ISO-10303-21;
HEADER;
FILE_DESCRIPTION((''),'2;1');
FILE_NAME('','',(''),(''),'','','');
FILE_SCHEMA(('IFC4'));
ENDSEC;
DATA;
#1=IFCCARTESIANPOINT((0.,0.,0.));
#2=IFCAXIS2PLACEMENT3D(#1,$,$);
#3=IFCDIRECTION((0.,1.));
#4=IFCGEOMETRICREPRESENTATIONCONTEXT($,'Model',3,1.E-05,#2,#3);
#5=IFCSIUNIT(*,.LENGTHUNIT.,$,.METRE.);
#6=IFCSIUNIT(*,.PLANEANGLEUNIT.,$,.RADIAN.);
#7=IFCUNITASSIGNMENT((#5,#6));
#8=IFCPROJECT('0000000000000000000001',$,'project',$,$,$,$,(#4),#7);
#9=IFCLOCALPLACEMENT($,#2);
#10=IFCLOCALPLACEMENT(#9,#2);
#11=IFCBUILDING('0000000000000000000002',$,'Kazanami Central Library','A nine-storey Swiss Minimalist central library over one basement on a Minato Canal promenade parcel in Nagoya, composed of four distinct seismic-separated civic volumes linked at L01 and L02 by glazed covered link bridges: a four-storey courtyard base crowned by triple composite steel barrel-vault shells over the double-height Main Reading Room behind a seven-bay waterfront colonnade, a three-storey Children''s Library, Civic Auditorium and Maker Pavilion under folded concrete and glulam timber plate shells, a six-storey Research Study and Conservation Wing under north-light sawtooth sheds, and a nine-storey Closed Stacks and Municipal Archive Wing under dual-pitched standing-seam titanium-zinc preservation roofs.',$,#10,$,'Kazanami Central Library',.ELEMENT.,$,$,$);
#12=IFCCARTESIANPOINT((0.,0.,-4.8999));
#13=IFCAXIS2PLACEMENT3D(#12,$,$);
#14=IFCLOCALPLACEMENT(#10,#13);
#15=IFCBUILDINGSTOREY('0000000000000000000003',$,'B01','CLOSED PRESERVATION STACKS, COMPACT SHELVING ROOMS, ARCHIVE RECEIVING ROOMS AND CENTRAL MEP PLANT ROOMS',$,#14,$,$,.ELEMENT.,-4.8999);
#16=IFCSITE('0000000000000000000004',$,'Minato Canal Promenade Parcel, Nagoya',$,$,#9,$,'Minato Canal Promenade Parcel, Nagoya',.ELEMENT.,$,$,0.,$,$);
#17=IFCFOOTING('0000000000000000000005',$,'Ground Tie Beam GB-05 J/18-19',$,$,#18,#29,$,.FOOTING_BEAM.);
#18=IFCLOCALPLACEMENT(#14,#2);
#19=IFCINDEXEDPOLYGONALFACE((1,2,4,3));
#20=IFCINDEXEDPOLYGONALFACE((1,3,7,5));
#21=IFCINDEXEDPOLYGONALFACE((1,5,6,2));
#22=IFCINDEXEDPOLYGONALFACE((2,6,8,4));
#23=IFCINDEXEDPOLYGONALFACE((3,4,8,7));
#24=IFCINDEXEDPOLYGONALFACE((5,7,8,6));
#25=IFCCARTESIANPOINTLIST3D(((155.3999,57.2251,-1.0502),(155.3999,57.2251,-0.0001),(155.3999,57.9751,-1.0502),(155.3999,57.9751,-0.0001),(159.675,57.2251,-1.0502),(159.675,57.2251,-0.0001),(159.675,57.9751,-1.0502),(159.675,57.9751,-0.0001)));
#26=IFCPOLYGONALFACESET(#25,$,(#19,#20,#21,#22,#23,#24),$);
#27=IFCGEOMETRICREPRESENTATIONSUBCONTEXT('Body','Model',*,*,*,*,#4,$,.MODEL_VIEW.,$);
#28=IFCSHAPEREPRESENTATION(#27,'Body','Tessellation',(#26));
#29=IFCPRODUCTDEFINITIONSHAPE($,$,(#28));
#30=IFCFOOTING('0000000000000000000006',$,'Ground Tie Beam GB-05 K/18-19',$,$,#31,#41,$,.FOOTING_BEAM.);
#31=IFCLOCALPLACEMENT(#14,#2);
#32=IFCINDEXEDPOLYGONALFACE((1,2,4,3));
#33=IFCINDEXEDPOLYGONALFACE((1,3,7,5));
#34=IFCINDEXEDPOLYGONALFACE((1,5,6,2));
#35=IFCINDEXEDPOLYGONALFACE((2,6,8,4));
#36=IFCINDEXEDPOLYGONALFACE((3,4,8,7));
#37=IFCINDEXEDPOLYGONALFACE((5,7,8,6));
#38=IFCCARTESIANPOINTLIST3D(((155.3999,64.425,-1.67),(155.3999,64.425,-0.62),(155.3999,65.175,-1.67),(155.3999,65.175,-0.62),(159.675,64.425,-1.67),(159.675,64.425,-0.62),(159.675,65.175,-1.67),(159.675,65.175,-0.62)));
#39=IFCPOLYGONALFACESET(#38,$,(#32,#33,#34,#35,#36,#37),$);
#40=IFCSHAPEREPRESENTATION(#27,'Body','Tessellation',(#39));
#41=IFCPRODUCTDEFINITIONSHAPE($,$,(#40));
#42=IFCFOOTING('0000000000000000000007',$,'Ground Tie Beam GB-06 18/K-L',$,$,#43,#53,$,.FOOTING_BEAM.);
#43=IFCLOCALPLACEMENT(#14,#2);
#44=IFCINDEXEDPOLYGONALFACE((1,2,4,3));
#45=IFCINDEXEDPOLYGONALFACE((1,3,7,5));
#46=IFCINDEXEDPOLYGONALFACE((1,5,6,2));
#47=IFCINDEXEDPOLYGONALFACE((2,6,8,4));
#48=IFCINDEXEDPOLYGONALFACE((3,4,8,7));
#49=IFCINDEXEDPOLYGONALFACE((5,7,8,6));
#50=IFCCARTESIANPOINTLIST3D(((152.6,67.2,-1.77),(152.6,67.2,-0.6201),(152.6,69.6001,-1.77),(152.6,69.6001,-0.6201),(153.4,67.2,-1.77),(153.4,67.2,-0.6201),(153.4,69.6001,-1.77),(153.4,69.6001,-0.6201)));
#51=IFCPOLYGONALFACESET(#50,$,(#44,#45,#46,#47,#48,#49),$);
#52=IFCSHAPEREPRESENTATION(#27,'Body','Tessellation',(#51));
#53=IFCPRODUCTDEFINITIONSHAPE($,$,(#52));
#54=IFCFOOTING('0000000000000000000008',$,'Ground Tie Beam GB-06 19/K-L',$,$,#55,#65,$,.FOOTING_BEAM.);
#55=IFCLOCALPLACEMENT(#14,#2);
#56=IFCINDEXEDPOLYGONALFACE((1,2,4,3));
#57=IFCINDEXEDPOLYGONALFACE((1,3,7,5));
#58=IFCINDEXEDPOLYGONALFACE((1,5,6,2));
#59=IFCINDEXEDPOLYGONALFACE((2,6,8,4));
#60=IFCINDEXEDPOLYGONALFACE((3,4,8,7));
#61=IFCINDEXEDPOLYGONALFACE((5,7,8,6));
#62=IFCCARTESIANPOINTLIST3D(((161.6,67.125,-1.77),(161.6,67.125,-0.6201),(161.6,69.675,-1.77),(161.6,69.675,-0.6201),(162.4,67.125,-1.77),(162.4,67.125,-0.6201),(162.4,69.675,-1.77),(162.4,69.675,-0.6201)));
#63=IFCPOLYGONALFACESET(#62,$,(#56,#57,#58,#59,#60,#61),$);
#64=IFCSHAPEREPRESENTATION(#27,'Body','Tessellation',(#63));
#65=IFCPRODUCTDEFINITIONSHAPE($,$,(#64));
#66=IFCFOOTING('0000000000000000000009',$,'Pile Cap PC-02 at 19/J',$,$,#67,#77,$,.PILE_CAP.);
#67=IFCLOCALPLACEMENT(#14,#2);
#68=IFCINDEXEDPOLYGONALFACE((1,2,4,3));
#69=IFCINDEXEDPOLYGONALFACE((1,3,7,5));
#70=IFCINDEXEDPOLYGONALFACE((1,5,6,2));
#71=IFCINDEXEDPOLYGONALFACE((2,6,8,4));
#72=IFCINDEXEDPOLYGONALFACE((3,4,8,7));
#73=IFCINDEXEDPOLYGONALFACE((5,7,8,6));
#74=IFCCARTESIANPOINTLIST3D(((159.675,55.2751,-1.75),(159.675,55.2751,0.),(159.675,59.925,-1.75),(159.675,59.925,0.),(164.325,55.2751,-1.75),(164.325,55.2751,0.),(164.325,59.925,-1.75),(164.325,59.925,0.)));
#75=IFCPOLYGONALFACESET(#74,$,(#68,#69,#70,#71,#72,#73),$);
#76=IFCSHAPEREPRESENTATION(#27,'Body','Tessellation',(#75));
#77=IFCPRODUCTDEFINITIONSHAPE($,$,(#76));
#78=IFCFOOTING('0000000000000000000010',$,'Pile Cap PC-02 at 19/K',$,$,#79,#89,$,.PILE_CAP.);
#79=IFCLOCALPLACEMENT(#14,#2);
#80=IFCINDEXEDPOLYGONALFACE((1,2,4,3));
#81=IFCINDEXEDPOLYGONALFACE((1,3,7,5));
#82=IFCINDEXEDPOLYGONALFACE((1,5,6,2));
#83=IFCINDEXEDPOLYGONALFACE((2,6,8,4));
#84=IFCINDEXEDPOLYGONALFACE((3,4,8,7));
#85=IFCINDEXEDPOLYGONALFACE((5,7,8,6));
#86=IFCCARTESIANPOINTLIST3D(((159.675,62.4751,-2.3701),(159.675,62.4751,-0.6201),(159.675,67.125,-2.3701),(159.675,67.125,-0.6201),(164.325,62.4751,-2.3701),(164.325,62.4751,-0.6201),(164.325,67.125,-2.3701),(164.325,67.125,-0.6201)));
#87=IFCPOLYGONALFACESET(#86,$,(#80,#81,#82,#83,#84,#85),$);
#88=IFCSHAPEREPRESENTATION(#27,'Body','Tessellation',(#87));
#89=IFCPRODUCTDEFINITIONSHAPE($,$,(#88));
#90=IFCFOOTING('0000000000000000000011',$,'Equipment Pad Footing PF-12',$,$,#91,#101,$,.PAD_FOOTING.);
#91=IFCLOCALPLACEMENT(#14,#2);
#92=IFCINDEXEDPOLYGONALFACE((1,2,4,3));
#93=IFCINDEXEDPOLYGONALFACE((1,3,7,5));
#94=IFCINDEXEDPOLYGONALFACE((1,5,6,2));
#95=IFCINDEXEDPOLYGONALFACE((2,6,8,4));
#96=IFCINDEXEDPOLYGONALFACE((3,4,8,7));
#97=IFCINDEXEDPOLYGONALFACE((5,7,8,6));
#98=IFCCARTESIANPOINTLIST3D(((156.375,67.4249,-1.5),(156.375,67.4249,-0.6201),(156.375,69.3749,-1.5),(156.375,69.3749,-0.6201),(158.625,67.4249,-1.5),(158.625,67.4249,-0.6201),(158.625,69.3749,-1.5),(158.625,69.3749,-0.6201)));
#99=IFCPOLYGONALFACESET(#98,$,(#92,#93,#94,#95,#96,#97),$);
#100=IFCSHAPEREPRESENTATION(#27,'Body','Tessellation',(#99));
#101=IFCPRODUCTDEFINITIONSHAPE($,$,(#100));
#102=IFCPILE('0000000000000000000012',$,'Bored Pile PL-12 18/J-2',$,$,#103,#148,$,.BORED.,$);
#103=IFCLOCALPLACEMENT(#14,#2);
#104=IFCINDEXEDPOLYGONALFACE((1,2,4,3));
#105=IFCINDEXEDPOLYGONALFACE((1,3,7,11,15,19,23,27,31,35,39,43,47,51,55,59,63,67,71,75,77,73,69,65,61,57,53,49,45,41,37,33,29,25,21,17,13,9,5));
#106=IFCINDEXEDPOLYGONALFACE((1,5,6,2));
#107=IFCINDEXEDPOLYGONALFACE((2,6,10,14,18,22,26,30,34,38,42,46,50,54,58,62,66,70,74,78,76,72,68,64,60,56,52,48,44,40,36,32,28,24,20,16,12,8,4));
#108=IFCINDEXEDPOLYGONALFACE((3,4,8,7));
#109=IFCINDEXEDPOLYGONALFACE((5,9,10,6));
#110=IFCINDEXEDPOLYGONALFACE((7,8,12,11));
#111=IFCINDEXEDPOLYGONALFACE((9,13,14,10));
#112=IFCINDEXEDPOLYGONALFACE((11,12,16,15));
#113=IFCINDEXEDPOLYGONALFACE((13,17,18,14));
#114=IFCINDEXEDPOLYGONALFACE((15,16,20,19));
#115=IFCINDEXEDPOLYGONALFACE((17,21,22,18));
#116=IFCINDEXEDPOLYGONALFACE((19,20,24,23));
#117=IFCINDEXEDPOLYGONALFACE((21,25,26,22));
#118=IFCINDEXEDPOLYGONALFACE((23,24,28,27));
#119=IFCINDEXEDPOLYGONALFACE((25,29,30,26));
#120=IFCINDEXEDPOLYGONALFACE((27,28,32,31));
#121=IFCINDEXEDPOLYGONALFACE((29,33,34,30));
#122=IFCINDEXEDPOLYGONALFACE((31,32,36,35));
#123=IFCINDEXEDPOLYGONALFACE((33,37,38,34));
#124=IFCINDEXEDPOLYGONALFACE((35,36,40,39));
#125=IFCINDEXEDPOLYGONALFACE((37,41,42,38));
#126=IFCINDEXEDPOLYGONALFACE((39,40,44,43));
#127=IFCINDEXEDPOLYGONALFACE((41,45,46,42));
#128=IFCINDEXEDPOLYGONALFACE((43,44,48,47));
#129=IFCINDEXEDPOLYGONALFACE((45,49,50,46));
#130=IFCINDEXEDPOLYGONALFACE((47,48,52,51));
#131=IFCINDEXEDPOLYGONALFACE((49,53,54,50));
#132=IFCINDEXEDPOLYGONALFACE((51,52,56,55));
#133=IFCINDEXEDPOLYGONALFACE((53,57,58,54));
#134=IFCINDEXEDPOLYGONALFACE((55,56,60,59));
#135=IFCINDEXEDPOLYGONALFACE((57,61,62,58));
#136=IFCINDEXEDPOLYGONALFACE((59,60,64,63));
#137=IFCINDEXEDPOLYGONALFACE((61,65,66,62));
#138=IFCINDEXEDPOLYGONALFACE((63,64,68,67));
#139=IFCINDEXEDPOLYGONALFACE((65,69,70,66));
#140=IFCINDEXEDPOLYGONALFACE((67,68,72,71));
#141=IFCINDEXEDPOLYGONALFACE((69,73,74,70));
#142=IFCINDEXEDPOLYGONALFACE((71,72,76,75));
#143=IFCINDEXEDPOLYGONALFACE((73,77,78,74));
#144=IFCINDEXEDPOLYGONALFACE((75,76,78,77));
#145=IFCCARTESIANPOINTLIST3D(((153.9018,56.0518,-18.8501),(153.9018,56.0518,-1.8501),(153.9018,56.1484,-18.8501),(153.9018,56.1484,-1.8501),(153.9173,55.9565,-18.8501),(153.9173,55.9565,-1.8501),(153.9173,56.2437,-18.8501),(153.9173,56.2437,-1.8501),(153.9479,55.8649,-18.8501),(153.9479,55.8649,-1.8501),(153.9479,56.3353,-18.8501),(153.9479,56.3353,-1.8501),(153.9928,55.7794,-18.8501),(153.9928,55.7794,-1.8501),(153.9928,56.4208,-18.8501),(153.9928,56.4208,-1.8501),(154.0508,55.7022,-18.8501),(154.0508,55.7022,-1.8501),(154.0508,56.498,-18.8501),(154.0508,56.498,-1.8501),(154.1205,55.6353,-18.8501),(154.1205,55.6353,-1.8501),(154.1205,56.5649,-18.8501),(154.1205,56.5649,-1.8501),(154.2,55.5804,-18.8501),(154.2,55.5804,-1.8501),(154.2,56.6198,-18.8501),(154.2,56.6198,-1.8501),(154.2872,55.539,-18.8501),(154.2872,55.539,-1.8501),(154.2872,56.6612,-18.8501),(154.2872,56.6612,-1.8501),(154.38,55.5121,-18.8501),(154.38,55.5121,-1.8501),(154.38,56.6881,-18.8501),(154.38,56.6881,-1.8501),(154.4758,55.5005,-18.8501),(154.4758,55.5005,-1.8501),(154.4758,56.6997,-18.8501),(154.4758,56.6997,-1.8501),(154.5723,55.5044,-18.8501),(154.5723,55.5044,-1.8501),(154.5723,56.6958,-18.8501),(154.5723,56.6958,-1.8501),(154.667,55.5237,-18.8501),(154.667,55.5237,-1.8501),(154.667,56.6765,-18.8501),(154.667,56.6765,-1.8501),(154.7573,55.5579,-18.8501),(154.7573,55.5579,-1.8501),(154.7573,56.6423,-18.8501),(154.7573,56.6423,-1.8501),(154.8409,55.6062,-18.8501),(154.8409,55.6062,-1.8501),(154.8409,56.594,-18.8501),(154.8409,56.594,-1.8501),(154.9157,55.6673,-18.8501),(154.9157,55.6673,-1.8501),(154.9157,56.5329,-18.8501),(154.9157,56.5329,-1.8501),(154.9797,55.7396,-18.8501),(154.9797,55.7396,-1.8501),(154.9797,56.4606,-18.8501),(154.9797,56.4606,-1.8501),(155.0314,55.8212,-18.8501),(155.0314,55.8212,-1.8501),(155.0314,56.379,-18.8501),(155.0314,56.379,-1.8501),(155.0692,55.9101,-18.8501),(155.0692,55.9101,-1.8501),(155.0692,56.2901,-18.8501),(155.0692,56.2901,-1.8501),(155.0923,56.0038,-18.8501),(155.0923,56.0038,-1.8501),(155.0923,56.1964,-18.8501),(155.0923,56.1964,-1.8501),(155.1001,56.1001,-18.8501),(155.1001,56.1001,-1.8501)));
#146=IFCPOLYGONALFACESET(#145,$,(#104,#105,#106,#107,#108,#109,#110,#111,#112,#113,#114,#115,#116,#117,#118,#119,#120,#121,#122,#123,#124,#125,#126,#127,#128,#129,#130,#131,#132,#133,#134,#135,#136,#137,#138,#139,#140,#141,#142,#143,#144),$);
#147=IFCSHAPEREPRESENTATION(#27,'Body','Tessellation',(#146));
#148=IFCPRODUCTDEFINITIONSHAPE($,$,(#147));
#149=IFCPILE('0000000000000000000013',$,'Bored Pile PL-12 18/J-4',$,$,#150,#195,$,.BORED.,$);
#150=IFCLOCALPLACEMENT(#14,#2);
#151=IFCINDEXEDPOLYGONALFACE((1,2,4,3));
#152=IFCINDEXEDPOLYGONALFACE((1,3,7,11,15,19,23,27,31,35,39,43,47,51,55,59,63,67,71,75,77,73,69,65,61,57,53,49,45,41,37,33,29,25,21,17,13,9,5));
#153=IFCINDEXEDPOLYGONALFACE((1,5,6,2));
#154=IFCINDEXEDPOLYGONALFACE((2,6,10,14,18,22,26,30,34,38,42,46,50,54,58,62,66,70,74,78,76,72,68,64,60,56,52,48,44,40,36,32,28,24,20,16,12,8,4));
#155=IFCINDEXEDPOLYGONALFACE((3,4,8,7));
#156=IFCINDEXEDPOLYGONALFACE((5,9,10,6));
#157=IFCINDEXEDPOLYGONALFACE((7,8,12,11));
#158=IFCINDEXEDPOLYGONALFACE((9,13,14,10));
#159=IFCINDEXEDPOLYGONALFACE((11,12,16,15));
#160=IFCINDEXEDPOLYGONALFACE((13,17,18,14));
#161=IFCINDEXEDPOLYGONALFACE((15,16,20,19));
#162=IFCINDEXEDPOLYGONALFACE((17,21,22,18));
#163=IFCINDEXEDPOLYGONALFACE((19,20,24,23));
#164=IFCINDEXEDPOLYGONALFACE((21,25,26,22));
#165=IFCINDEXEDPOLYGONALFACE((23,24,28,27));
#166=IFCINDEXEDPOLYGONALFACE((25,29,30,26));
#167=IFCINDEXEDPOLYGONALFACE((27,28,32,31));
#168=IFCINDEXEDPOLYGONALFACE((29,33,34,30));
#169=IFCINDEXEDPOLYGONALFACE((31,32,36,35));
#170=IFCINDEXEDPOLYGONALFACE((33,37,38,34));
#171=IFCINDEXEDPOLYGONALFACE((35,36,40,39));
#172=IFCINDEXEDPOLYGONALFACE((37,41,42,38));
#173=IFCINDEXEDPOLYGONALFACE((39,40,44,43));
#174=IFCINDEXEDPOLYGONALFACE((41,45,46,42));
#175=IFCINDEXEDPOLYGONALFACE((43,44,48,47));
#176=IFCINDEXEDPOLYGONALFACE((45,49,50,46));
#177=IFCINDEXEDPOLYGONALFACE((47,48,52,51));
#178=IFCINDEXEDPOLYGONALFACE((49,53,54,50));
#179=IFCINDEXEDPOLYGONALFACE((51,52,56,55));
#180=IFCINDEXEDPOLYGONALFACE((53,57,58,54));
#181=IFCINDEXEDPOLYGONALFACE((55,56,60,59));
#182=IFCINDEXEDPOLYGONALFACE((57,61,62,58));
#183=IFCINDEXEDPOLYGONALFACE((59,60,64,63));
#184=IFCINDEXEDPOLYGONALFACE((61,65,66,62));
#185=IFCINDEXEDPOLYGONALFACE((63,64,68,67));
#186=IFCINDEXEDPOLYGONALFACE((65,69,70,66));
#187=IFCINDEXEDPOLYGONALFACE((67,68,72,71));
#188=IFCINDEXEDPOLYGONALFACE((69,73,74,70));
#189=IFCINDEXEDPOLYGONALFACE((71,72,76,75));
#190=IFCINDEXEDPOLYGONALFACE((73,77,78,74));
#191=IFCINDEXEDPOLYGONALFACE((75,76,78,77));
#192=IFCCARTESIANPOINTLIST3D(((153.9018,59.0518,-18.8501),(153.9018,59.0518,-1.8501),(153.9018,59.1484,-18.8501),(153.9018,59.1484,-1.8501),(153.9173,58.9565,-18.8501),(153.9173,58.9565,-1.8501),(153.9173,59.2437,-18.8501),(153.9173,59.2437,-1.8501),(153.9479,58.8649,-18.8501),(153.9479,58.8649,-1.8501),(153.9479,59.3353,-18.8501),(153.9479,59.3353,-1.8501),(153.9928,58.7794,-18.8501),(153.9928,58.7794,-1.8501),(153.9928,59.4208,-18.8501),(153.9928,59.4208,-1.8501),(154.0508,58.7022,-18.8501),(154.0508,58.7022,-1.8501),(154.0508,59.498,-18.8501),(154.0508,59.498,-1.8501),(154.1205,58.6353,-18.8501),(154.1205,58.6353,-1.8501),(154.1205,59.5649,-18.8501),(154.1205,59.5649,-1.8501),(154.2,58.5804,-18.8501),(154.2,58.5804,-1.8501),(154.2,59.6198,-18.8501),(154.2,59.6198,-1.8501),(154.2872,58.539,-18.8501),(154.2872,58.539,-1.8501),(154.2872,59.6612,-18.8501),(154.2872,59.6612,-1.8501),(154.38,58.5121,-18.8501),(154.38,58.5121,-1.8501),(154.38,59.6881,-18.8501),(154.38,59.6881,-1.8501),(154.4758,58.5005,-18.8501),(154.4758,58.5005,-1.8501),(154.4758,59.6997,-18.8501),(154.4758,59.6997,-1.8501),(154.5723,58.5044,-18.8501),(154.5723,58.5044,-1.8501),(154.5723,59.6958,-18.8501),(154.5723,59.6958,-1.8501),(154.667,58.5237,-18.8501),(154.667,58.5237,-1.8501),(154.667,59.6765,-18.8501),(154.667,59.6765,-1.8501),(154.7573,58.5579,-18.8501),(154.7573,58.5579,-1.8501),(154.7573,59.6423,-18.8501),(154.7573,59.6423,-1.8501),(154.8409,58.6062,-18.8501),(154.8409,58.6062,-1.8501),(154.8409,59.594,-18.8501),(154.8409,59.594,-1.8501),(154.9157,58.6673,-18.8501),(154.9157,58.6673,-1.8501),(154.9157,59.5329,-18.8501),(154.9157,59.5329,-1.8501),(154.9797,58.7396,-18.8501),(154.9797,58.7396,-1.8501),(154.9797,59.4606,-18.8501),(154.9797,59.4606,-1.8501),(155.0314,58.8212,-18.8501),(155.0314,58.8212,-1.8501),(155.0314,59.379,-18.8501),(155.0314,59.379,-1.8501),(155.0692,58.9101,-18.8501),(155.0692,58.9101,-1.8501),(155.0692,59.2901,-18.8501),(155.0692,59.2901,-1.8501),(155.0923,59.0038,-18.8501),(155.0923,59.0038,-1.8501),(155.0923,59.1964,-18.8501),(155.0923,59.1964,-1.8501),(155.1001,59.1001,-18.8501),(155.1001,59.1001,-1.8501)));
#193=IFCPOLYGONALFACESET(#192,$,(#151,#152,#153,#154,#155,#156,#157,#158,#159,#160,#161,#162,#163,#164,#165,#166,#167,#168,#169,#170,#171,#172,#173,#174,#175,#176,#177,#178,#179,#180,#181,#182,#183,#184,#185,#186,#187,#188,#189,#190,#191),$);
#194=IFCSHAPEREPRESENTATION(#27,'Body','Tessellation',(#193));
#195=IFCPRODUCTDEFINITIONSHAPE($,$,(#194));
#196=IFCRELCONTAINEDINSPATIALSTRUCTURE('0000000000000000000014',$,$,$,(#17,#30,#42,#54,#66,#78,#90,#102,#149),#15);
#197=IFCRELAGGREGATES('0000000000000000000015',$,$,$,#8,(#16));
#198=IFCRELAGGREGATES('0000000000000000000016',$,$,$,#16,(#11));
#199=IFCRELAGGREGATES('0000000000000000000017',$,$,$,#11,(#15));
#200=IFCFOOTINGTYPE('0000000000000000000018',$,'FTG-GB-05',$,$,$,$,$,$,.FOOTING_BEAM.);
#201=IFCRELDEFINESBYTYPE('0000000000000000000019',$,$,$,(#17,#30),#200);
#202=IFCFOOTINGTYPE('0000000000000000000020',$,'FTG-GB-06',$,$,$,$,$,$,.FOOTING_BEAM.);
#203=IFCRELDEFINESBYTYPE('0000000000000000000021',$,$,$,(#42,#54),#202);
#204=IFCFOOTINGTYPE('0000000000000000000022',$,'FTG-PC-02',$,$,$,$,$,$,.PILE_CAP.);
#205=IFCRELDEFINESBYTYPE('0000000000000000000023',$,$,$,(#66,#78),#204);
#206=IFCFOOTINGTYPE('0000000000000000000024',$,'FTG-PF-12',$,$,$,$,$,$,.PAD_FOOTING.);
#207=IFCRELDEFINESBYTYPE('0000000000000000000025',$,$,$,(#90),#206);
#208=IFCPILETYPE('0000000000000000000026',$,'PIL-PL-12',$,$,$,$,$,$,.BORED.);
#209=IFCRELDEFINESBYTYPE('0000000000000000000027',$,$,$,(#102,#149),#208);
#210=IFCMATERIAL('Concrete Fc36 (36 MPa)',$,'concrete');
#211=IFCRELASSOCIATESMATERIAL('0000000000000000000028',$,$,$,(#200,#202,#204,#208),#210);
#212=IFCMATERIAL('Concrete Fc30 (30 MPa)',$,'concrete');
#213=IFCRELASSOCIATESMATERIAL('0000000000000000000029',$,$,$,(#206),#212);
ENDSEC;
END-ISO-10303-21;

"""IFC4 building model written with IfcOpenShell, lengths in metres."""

from ifc_helpers import new_model, si_unit, direction, frame, origin, origin_2d, place, context, subcontext, project, spatial, rectangle, circle, extrude, material, material_profile, profile_set, type_object, element, save


model = new_model("IFC4")

# Units and contexts
model_context = context("Model", 3, precision=1e-05, world=origin(), true_north=direction((0.0, 1.0)))
body_context = subcontext(model_context, "Body", "Model", "MODEL_VIEW")
ifc_project = project(units=[si_unit("LENGTHUNIT", "METRE"), si_unit("PLANEANGLEUNIT", "RADIAN")], contexts=[model_context])

# Site, building, storey
site_placement = place(None, origin())
site = spatial("IfcSite", under=ifc_project, at=site_placement, Name="Minato Canal Promenade Parcel, Nagoya", LongName="Minato Canal Promenade Parcel, Nagoya", CompositionType="ELEMENT", RefElevation=0.0)
building_placement = place(site_placement, origin())
building = spatial("IfcBuilding", under=site, at=building_placement, Name="Kazanami Central Library", Description="A nine-storey Swiss Minimalist central library over one basement on a Minato Canal promenade parcel in Nagoya, composed of four distinct seismic-separated civic volumes linked at L01 and L02 by glazed covered link bridges: a four-storey courtyard base crowned by triple composite steel barrel-vault shells over the double-height Main Reading Room behind a seven-bay waterfront colonnade, a three-storey Children's Library, Civic Auditorium and Maker Pavilion under folded concrete and glulam timber plate shells, a six-storey Research Study and Conservation Wing under north-light sawtooth sheds, and a nine-storey Closed Stacks and Municipal Archive Wing under dual-pitched standing-seam titanium-zinc preservation roofs.", LongName="Kazanami Central Library", CompositionType="ELEMENT")
storey_placement = place(building_placement, frame((0.0, 0.0, -4.8999)))
storey = spatial("IfcBuildingStorey", under=building, at=storey_placement, Name="B01", Description="CLOSED PRESERVATION STACKS, COMPACT SHELVING ROOMS, ARCHIVE RECEIVING ROOMS AND CENTRAL MEP PLANT ROOMS", CompositionType="ELEMENT", Elevation=-4.8999)

# Footings
ifc_material_1 = material(Name="Concrete Fc36 (36 MPa)", Category="concrete")
ifc_material_profile_1 = material_profile(ifc_material_1, rectangle(XDim=0.75, YDim=1.05, at=origin_2d()), Name="RC-750x1050")
ifc_profile_set_1 = profile_set([ifc_material_profile_1], Name="Concrete Fc36 (36 MPa)")
footing_type_1 = type_object("IfcFootingType", Name="FTG-GB-05", PredefinedType="FOOTING_BEAM", material=ifc_profile_set_1)
for number, where, z_axis, x_axis, name in (
    (1, (155.3999, 57.6001, -0.5251), (1.0, 0.0, 0.0), (0.0, 1.0, 0.0), "Ground Tie Beam GB-05 J/18-19"),
    (2, (155.3999, 64.8, -1.145), (1.0, 0.0, 0.0), (0.0, 1.0, 0.0), "Ground Tie Beam GB-05 K/18-19"),
):
    element("IfcFooting", number, at=place(storey_placement, frame(where, z_axis=z_axis, x_axis=x_axis)), inside=storey, type_object=footing_type_1, Name=name, PredefinedType="FOOTING_BEAM", context=body_context, shape_type="SweptSolid", body=[
        extrude(rectangle(XDim=0.75, YDim=1.05, at=origin_2d()), origin(), (0.0, 0.0, 1.0), 4.2751),
    ])
ifc_material_profile_2 = material_profile(ifc_material_1, rectangle(XDim=0.8, YDim=1.1499, at=origin_2d()), Name="RC-800x1150")
ifc_profile_set_2 = profile_set([ifc_material_profile_2], Name="Concrete Fc36 (36 MPa)")
footing_type_2 = type_object("IfcFootingType", Name="FTG-GB-06", PredefinedType="FOOTING_BEAM", material=ifc_profile_set_2)
footing_1_placement = place(storey_placement, frame((153.0, 67.2, -1.1951), z_axis=(0.0, 1.0, 0.0), x_axis=(-1.0, 0.0, 0.0)))
element("IfcFooting", 3, at=footing_1_placement, inside=storey, type_object=footing_type_2, Name="Ground Tie Beam GB-06 18/K-L", PredefinedType="FOOTING_BEAM", context=body_context, shape_type="SweptSolid", body=[
    extrude(rectangle(XDim=0.8, YDim=1.1499, at=origin_2d()), origin(), (0.0, 0.0, 1.0), 2.4001),
])
footing_2_placement = place(storey_placement, frame((162.0, 67.125, -1.1951), z_axis=(0.0, 1.0, 0.0), x_axis=(-1.0, 0.0, 0.0)))
element("IfcFooting", 4, at=footing_2_placement, inside=storey, type_object=footing_type_2, Name="Ground Tie Beam GB-06 19/K-L", PredefinedType="FOOTING_BEAM", context=body_context, shape_type="SweptSolid", body=[
    extrude(rectangle(XDim=0.8, YDim=1.1499, at=origin_2d()), origin(), (0.0, 0.0, 1.0), 2.55),
])
footing_type_3 = type_object("IfcFootingType", Name="FTG-PC-02", PredefinedType="PILE_CAP", material=ifc_material_1)
for number, where, z_axis, x_axis, name in (
    (5, (162.0, 57.6001, -1.75), (0.0, 0.0, 1.0), (1.0, 0.0, 0.0), "Pile Cap PC-02 at 19/J"),
    (6, (162.0, 64.8, -2.3701), (0.0, 0.0, 1.0), (1.0, 0.0, 0.0), "Pile Cap PC-02 at 19/K"),
):
    element("IfcFooting", number, at=place(storey_placement, frame(where, z_axis=z_axis, x_axis=x_axis)), inside=storey, type_object=footing_type_3, Name=name, PredefinedType="PILE_CAP", context=body_context, shape_type="SweptSolid", body=[
        extrude(rectangle(XDim=4.6499, YDim=4.6499, at=origin_2d()), origin(), (0.0, 0.0, 1.0), 1.75),
    ])
ifc_material_2 = material(Name="Concrete Fc30 (30 MPa)", Category="concrete")
footing_type_4 = type_object("IfcFootingType", Name="FTG-PF-12", PredefinedType="PAD_FOOTING", material=ifc_material_2)
footing_3_placement = place(storey_placement, frame((157.5, 68.3999, -1.5), z_axis=(0.0, 0.0, 1.0), x_axis=(1.0, 0.0, 0.0)))
element("IfcFooting", 7, at=footing_3_placement, inside=storey, type_object=footing_type_4, Name="Equipment Pad Footing PF-12", PredefinedType="PAD_FOOTING", context=body_context, shape_type="SweptSolid", body=[
    extrude(rectangle(XDim=2.25, YDim=1.95, at=origin_2d()), origin(), (0.0, 0.0, 1.0), 0.8799),
])

# Piles
ifc_material_profile_3 = material_profile(ifc_material_1, circle(Radius=0.6001, at=origin_2d()), Name="BORED-D1200")
ifc_profile_set_3 = profile_set([ifc_material_profile_3], Name="Concrete Fc36 (36 MPa)")
pile_type = type_object("IfcPileType", Name="PIL-PL-12", PredefinedType="BORED", material=ifc_profile_set_3)
for number, where, z_axis, x_axis, name in (
    (8, (154.5, 56.1001, -1.8501), (0.0, 0.0, -1.0), (1.0, 0.0, 0.0), "Bored Pile PL-12 18/J-2"),
    (9, (154.5, 59.1001, -1.8501), (0.0, 0.0, -1.0), (1.0, 0.0, 0.0), "Bored Pile PL-12 18/J-4"),
):
    element("IfcPile", number, at=place(storey_placement, frame(where, z_axis=z_axis, x_axis=x_axis)), inside=storey, type_object=pile_type, Name=name, PredefinedType="BORED", context=body_context, shape_type="SweptSolid", body=[
        extrude(circle(Radius=0.6001, at=origin_2d()), origin(), (0.0, 0.0, 1.0), 17.0),
    ])

save(model, "model.ifc")
